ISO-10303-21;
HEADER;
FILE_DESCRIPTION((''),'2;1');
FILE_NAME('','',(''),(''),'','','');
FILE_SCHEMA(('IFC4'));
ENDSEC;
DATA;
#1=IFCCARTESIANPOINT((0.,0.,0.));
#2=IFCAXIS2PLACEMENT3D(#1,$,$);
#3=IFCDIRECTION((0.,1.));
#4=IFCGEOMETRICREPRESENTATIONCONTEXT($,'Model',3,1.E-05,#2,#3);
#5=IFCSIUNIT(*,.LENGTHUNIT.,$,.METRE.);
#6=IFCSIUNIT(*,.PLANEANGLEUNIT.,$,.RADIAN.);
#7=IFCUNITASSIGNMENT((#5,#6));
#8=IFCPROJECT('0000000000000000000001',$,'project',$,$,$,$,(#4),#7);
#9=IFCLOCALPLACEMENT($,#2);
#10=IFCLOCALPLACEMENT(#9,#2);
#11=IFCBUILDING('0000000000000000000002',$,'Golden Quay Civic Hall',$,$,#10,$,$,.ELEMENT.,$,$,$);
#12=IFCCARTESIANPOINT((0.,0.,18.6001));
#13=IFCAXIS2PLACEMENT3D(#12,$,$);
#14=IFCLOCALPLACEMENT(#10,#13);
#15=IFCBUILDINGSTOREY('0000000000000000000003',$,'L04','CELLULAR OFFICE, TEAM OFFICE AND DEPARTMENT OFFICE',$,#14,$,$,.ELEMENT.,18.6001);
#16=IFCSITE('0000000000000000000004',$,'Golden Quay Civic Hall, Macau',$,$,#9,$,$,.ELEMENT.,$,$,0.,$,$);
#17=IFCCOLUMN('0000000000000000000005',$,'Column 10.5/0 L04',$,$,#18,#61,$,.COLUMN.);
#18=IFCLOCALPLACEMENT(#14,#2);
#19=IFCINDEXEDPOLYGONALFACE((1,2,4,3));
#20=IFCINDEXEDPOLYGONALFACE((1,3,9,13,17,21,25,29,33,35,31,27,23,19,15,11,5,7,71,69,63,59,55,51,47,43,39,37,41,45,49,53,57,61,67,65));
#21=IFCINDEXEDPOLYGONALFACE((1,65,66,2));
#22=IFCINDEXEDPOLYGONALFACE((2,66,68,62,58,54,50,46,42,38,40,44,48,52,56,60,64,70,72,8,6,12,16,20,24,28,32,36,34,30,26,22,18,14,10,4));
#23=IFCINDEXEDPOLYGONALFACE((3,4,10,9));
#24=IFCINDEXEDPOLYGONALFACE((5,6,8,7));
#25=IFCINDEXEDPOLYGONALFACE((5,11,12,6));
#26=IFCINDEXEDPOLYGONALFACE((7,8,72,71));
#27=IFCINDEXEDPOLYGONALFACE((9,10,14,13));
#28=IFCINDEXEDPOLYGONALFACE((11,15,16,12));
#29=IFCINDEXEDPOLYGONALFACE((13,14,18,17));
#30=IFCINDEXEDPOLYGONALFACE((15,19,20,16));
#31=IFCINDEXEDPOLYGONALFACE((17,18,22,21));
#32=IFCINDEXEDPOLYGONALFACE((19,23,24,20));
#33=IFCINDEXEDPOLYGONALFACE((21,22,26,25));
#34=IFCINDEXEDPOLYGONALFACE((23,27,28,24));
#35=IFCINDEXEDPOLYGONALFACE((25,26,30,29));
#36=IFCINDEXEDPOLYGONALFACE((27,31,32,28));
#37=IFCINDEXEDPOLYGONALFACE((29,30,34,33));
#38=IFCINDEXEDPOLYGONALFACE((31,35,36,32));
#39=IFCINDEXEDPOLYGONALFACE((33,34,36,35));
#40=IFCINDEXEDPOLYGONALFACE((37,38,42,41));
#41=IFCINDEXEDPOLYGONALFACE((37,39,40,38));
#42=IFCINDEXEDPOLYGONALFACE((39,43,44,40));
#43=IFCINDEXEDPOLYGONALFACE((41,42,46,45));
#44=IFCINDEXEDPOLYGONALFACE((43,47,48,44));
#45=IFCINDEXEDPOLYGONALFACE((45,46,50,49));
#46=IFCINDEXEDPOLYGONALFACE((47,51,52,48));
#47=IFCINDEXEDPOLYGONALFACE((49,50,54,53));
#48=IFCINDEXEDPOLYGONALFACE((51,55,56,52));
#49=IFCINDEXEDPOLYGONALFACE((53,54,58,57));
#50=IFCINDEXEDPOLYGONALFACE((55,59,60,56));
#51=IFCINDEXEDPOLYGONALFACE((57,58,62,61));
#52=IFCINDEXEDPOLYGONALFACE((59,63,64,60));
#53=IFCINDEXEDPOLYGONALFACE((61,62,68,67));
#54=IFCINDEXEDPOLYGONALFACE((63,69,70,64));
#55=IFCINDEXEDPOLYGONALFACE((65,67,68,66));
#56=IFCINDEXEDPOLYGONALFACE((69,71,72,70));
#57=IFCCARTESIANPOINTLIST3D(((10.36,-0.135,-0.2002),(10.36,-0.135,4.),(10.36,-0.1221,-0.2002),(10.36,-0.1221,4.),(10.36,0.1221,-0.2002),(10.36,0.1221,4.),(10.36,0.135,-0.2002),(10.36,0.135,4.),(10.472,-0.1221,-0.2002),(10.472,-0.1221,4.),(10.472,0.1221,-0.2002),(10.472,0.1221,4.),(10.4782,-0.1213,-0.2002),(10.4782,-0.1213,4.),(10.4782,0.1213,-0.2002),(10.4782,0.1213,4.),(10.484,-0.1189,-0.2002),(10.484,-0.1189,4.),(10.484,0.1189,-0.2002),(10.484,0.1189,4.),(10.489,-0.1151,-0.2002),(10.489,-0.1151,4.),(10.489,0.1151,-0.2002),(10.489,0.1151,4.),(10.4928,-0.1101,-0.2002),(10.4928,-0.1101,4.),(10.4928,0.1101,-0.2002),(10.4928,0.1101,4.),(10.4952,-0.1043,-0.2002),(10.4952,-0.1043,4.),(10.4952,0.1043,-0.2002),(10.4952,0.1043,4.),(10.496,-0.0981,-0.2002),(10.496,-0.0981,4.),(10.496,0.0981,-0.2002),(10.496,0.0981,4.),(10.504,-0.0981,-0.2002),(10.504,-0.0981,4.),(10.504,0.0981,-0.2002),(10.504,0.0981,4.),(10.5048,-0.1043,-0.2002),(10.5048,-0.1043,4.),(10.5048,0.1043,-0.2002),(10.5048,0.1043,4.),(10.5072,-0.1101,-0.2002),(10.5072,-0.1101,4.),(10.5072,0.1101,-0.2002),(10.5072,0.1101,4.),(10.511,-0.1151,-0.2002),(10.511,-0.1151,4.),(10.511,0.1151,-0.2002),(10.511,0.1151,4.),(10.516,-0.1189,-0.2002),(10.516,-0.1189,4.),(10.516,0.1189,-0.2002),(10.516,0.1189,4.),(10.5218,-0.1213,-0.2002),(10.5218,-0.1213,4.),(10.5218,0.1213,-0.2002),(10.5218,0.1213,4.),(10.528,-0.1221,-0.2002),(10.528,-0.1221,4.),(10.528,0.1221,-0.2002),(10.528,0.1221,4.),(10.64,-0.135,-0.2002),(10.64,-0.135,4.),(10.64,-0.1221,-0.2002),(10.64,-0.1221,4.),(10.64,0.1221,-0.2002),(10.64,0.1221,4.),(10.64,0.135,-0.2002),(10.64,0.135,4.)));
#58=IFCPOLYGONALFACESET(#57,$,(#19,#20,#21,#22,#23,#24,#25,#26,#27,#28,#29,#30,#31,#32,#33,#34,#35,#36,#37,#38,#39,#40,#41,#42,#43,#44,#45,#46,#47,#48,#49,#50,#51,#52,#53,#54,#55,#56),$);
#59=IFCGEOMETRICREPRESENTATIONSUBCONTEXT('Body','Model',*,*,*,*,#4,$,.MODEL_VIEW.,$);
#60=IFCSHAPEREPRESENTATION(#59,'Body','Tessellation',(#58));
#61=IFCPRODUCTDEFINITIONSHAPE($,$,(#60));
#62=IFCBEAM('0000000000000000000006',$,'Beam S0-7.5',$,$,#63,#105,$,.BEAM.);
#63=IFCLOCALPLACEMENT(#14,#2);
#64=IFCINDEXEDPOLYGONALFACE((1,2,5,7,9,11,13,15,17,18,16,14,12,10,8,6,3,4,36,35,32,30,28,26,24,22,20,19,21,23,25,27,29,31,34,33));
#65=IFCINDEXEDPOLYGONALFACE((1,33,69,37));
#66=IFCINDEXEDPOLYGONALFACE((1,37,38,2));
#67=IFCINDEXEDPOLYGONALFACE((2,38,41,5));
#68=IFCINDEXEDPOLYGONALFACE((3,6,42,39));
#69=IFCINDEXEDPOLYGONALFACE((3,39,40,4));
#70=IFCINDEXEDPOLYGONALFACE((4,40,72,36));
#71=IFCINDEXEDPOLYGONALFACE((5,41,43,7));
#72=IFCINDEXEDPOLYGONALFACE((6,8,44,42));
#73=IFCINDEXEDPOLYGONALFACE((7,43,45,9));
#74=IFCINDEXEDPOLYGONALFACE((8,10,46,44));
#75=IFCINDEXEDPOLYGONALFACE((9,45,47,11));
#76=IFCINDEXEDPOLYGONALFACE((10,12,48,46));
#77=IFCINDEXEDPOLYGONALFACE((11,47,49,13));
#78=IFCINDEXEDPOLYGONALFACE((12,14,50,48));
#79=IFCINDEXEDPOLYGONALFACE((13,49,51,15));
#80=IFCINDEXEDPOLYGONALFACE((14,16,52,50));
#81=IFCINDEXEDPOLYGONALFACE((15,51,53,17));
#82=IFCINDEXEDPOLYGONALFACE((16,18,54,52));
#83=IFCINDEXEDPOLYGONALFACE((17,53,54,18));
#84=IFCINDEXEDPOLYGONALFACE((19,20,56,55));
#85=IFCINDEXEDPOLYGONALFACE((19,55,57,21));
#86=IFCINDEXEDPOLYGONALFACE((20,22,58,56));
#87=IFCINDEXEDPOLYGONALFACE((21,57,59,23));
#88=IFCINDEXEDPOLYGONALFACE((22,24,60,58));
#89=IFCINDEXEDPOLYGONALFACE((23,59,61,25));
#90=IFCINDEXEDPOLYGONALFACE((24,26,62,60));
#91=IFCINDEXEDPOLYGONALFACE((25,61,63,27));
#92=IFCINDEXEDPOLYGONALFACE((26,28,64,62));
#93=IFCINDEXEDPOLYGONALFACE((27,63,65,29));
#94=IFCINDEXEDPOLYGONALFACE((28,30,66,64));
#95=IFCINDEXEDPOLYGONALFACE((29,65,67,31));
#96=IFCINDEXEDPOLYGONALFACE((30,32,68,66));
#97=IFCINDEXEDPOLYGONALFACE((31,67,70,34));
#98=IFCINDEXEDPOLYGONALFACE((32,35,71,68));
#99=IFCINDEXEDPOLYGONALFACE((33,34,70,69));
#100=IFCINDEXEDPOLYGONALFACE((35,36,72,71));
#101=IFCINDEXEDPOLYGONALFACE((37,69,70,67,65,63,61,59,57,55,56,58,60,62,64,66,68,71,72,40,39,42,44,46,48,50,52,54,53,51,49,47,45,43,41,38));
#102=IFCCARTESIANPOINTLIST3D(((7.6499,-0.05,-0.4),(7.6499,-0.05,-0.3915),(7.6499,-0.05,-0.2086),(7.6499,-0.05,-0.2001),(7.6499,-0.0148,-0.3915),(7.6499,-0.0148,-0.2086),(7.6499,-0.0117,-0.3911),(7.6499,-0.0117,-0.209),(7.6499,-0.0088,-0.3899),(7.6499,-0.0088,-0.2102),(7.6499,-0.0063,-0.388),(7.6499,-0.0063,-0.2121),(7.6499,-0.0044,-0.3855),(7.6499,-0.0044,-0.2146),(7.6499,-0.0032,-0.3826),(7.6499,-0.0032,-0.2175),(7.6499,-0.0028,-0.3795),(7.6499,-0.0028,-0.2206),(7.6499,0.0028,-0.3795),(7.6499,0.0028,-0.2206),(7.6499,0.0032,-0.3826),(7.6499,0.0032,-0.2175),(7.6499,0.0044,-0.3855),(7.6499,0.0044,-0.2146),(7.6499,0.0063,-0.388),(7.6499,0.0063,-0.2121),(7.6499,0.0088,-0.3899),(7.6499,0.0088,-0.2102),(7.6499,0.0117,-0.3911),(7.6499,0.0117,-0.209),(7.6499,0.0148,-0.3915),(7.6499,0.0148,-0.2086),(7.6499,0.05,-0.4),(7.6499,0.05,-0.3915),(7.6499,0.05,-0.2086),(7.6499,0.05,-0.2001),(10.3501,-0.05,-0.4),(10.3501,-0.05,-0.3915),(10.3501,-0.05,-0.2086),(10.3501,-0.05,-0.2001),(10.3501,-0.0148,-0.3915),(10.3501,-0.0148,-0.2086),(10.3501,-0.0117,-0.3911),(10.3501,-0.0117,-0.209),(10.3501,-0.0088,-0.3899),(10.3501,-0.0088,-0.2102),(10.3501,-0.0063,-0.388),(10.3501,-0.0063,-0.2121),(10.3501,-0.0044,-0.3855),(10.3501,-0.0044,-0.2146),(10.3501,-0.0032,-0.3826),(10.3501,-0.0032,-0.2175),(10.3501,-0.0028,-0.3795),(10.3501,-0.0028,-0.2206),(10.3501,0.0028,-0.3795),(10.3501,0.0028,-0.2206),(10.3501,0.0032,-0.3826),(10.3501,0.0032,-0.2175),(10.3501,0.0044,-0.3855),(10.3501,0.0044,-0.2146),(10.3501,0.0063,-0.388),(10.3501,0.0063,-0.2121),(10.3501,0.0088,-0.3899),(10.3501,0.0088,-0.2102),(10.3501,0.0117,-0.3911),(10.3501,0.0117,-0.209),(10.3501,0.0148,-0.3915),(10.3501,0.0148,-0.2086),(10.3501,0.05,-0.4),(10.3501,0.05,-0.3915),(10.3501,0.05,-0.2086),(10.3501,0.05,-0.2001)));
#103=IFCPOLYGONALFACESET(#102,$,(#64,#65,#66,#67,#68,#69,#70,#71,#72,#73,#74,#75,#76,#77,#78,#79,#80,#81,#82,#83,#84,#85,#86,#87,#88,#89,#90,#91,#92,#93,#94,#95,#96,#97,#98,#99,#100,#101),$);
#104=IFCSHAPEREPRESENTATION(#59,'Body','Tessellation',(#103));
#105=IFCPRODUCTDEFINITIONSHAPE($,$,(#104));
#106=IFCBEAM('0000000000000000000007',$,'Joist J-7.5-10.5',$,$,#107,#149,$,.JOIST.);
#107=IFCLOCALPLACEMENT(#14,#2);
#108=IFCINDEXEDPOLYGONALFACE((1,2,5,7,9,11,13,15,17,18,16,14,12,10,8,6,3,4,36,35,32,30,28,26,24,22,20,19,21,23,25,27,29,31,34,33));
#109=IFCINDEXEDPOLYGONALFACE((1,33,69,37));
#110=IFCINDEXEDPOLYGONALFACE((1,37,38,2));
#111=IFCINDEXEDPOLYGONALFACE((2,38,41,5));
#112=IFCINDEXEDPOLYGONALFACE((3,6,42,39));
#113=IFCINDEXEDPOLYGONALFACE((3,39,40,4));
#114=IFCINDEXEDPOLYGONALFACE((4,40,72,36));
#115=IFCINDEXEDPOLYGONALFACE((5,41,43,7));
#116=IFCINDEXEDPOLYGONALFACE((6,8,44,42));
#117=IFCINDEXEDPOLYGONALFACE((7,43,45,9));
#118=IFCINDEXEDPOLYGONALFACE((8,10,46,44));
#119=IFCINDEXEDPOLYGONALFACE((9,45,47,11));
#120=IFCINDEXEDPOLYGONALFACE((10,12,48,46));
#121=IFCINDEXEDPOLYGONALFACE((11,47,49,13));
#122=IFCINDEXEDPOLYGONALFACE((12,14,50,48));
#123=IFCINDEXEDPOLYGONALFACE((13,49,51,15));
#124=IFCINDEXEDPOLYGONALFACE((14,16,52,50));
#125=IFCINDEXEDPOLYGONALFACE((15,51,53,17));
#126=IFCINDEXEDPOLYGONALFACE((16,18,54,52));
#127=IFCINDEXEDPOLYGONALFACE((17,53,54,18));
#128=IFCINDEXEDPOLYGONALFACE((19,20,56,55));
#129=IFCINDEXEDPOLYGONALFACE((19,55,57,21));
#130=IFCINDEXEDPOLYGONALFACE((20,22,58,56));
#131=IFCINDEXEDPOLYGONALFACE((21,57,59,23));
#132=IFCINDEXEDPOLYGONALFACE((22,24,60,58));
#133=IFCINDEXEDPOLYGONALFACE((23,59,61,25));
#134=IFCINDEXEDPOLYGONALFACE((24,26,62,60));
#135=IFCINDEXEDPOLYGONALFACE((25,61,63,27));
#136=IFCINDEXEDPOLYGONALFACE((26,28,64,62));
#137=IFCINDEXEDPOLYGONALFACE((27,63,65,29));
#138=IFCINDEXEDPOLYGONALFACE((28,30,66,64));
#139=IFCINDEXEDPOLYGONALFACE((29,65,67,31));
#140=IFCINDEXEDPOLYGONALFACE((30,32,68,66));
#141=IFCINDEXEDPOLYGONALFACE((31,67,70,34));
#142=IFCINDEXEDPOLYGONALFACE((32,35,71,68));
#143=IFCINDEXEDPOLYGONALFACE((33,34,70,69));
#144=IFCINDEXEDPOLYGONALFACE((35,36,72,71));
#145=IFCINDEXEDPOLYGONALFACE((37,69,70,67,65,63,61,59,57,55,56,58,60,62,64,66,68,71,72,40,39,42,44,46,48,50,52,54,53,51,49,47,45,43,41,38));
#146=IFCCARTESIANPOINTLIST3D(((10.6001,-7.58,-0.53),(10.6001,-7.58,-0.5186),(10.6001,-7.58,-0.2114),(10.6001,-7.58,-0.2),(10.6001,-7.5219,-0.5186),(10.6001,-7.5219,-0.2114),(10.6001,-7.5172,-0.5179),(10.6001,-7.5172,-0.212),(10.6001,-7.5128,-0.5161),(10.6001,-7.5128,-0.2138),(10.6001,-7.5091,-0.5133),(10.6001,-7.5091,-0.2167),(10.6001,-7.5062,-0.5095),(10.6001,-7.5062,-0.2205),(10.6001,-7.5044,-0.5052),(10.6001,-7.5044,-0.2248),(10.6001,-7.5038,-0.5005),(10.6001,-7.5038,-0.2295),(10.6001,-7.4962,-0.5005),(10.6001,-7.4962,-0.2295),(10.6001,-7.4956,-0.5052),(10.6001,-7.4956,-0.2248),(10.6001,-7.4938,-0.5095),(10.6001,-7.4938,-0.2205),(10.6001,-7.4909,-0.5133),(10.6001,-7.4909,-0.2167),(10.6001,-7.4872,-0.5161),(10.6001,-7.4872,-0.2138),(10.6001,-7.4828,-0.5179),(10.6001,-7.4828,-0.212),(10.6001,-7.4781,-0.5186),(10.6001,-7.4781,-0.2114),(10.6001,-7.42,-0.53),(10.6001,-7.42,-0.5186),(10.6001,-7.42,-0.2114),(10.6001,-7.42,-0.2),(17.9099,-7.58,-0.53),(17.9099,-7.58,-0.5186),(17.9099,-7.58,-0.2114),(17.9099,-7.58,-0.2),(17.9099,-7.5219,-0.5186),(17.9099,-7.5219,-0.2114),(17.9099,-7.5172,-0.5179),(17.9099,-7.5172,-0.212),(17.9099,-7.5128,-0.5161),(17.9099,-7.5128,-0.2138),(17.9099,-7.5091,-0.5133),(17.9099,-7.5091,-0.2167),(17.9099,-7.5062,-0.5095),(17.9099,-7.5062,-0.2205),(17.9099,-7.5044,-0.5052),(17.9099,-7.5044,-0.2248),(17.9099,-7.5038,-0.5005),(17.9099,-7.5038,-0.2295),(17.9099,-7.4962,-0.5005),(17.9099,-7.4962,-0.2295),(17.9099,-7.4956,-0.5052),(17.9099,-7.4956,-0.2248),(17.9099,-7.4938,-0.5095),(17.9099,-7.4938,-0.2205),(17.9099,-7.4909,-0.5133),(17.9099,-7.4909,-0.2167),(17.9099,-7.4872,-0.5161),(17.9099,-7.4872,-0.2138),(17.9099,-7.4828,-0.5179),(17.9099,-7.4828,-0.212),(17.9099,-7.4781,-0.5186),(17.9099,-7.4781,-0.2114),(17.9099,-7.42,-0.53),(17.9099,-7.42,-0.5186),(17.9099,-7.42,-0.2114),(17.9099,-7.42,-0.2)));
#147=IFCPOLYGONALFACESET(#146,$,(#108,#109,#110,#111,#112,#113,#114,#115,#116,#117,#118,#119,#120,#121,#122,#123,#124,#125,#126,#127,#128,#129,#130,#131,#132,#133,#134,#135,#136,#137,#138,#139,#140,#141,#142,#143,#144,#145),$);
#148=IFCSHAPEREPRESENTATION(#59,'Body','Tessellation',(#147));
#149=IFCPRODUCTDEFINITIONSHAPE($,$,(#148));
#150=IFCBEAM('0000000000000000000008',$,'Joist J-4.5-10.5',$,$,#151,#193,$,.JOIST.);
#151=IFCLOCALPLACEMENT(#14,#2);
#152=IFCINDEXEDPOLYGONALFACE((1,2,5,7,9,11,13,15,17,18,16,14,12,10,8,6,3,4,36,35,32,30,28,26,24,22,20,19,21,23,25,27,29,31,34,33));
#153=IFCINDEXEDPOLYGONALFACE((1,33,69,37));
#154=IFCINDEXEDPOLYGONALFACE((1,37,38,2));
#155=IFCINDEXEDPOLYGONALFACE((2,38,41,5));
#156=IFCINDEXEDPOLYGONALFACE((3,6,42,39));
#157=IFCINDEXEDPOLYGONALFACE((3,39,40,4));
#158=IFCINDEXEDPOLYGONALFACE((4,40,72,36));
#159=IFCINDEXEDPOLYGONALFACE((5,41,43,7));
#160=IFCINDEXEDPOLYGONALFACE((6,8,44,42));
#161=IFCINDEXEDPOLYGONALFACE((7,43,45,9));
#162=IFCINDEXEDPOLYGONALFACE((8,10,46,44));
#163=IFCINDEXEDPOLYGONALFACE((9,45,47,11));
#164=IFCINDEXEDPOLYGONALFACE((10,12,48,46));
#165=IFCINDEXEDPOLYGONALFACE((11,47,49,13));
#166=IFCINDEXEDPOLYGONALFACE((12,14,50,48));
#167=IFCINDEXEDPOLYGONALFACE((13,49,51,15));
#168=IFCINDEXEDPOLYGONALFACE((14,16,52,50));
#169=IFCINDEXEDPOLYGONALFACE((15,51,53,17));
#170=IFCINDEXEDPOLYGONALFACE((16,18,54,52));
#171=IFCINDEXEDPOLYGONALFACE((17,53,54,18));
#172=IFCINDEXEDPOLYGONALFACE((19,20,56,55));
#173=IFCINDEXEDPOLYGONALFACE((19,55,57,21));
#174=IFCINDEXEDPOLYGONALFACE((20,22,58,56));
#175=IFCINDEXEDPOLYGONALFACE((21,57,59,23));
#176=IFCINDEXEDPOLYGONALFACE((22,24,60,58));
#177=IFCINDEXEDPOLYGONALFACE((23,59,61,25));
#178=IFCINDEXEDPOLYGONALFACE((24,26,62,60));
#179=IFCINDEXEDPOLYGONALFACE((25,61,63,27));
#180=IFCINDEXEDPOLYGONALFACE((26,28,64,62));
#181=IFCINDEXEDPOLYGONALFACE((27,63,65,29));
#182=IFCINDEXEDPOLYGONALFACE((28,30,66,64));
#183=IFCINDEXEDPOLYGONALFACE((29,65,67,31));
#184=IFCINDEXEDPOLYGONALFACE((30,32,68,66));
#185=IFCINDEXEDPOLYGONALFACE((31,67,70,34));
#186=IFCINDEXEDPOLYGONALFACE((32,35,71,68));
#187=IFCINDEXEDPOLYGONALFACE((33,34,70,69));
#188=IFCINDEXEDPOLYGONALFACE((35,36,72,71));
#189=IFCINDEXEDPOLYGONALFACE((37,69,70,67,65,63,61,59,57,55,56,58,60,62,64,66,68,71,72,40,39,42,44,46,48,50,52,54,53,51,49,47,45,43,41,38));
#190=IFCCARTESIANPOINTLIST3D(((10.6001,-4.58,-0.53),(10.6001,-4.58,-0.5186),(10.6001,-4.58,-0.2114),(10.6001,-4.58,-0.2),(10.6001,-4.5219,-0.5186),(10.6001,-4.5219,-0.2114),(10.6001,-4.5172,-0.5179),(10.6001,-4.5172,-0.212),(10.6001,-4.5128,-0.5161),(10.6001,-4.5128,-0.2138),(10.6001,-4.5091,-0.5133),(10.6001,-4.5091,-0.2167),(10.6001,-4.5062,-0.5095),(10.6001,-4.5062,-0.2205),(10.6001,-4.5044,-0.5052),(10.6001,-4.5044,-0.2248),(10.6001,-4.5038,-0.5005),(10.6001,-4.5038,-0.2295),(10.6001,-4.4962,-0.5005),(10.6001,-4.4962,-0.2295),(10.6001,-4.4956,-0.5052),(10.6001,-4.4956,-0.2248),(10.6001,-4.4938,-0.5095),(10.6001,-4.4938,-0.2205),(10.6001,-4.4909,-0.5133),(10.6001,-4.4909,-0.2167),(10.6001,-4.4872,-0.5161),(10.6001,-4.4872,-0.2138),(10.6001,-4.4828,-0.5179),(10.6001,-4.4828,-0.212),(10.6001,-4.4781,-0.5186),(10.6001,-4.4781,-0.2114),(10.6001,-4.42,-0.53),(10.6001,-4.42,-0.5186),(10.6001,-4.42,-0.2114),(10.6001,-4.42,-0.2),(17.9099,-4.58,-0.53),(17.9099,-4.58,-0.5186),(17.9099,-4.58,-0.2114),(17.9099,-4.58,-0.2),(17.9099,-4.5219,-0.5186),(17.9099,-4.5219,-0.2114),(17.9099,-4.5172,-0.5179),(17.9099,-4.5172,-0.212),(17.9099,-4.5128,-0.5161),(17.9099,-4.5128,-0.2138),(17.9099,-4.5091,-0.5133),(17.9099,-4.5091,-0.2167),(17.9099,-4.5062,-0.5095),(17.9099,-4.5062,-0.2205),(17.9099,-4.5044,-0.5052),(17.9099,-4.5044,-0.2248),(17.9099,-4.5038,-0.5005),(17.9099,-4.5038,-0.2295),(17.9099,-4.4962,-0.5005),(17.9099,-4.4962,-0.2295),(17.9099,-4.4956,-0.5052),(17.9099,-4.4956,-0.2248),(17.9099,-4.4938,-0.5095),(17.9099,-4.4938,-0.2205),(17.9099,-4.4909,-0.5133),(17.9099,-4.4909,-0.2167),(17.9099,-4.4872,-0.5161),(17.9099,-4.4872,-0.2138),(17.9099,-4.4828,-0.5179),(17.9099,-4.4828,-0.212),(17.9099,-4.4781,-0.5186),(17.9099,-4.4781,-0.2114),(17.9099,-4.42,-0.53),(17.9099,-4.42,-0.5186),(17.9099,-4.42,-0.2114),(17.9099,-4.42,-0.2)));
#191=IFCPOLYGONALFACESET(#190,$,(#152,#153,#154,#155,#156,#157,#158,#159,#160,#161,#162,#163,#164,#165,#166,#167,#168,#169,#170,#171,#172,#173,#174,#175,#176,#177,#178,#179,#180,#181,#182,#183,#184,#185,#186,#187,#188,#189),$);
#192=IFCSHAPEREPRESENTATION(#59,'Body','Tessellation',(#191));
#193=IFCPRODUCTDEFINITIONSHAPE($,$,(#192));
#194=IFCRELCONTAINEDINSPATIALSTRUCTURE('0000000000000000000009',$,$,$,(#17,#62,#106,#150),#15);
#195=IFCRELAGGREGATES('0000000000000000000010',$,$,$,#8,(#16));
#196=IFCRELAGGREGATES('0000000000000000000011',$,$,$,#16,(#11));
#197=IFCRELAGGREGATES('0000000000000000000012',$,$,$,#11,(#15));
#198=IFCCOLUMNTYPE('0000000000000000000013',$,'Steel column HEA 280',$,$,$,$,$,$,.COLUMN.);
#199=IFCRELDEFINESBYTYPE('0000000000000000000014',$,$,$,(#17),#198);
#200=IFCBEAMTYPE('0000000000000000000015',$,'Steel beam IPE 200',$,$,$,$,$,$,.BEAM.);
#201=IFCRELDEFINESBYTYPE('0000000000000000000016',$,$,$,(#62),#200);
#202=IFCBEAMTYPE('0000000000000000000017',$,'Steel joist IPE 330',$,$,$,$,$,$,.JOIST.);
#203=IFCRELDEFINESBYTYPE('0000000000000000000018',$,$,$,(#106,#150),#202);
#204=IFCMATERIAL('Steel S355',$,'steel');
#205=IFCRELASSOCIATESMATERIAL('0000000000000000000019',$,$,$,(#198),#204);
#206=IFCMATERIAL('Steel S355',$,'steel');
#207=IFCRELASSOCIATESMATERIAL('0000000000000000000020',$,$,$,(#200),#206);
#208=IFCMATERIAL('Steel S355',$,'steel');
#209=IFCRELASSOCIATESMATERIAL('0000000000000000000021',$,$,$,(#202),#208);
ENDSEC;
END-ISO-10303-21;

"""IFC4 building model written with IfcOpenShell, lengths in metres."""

from ifc_helpers import new_model, si_unit, direction, frame, origin, origin_2d, place, context, subcontext, project, spatial, i_section, extrude, material, material_profile, profile_set, type_object, element, save


model = new_model("IFC4")

# Units and contexts
model_context = context("Model", 3, precision=1e-05, world=origin(), true_north=direction((0.0, 1.0)))
body_context = subcontext(model_context, "Body", "Model", "MODEL_VIEW")
ifc_project = project(units=[si_unit("LENGTHUNIT", "METRE"), si_unit("PLANEANGLEUNIT", "RADIAN")], contexts=[model_context])

# Site, building, storey
site_placement = place(None, origin())
site = spatial("IfcSite", under=ifc_project, at=site_placement, Name="Golden Quay Civic Hall, Macau", CompositionType="ELEMENT", RefElevation=0.0)
building_placement = place(site_placement, origin())
building = spatial("IfcBuilding", under=site, at=building_placement, Name="Golden Quay Civic Hall", CompositionType="ELEMENT")
storey_placement = place(building_placement, frame((0.0, 0.0, 18.6001)))
storey = spatial("IfcBuildingStorey", under=building, at=storey_placement, Name="L04", Description="CELLULAR OFFICE, TEAM OFFICE AND DEPARTMENT OFFICE", CompositionType="ELEMENT", Elevation=18.6001)

# Column
ifc_material_1 = material(Name="Steel S355", Category="steel")
ifc_material_profile_1 = material_profile(ifc_material_1, i_section(OverallWidth=0.28, OverallDepth=0.27, WebThickness=0.0081, FlangeThickness=0.0129, FilletRadius=0.0239, at=origin_2d()), Name="HEA 280")
ifc_profile_set_1 = profile_set([ifc_material_profile_1], Name="Steel S355")
column_type = type_object("IfcColumnType", Name="Steel column HEA 280", PredefinedType="COLUMN", material=ifc_profile_set_1)
column_placement = place(storey_placement, frame((10.5, 0.0, -0.2002), z_axis=(0.0, 0.0, 1.0), x_axis=(1.0, 0.0, 0.0)))
element("IfcColumn", 1, at=column_placement, inside=storey, type_object=column_type, Name="Column 10.5/0 L04", PredefinedType="COLUMN", context=body_context, shape_type="SweptSolid", body=[
    extrude(i_section(OverallWidth=0.28, OverallDepth=0.27, WebThickness=0.0081, FlangeThickness=0.0129, FilletRadius=0.0239, at=origin_2d()), origin(), (0.0, 0.0, 1.0), 4.2002),
])

# Beams
ifc_material_2 = material(Name="Steel S355", Category="steel")
ifc_material_profile_2 = material_profile(ifc_material_2, i_section(OverallWidth=0.1001, OverallDepth=0.2, WebThickness=0.0056, FlangeThickness=0.0085, FilletRadius=0.012, at=origin_2d()), Name="IPE 200")
ifc_profile_set_2 = profile_set([ifc_material_profile_2], Name="Steel S355")
beam_type_1 = type_object("IfcBeamType", Name="Steel beam IPE 200", PredefinedType="BEAM", material=ifc_profile_set_2)
beam_placement = place(storey_placement, frame((7.6499, 0.0, -0.3), z_axis=(1.0, 0.0, 0.0), x_axis=(0.0, 1.0, 0.0)))
element("IfcBeam", 2, at=beam_placement, inside=storey, type_object=beam_type_1, Name="Beam S0-7.5", PredefinedType="BEAM", context=body_context, shape_type="SweptSolid", body=[
    extrude(i_section(OverallWidth=0.1001, OverallDepth=0.2, WebThickness=0.0056, FlangeThickness=0.0085, FilletRadius=0.012, at=origin_2d()), origin(), (0.0, 0.0, 1.0), 2.7002),
])
ifc_material_3 = material(Name="Steel S355", Category="steel")
ifc_material_profile_3 = material_profile(ifc_material_3, i_section(OverallWidth=0.1599, OverallDepth=0.3301, WebThickness=0.0076, FlangeThickness=0.0115, FilletRadius=0.0181, at=origin_2d()), Name="IPE 330")
ifc_profile_set_3 = profile_set([ifc_material_profile_3], Name="Steel S355")
beam_type_2 = type_object("IfcBeamType", Name="Steel joist IPE 330", PredefinedType="JOIST", material=ifc_profile_set_3)
for number, where, z_axis, x_axis, name in (
    (3, (10.6001, -7.5, -0.365), (1.0, 0.0, 0.0), (0.0, 1.0, 0.0), "Joist J-7.5-10.5"),
    (4, (10.6001, -4.5, -0.365), (1.0, 0.0, 0.0), (0.0, 1.0, 0.0), "Joist J-4.5-10.5"),
):
    element("IfcBeam", number, at=place(storey_placement, frame(where, z_axis=z_axis, x_axis=x_axis)), inside=storey, type_object=beam_type_2, Name=name, PredefinedType="JOIST", context=body_context, shape_type="SweptSolid", body=[
        extrude(i_section(OverallWidth=0.1599, OverallDepth=0.3301, WebThickness=0.0076, FlangeThickness=0.0115, FilletRadius=0.0181, at=origin_2d()), origin(), (0.0, 0.0, 1.0), 7.3098),
    ])

save(model, "model.ifc")
